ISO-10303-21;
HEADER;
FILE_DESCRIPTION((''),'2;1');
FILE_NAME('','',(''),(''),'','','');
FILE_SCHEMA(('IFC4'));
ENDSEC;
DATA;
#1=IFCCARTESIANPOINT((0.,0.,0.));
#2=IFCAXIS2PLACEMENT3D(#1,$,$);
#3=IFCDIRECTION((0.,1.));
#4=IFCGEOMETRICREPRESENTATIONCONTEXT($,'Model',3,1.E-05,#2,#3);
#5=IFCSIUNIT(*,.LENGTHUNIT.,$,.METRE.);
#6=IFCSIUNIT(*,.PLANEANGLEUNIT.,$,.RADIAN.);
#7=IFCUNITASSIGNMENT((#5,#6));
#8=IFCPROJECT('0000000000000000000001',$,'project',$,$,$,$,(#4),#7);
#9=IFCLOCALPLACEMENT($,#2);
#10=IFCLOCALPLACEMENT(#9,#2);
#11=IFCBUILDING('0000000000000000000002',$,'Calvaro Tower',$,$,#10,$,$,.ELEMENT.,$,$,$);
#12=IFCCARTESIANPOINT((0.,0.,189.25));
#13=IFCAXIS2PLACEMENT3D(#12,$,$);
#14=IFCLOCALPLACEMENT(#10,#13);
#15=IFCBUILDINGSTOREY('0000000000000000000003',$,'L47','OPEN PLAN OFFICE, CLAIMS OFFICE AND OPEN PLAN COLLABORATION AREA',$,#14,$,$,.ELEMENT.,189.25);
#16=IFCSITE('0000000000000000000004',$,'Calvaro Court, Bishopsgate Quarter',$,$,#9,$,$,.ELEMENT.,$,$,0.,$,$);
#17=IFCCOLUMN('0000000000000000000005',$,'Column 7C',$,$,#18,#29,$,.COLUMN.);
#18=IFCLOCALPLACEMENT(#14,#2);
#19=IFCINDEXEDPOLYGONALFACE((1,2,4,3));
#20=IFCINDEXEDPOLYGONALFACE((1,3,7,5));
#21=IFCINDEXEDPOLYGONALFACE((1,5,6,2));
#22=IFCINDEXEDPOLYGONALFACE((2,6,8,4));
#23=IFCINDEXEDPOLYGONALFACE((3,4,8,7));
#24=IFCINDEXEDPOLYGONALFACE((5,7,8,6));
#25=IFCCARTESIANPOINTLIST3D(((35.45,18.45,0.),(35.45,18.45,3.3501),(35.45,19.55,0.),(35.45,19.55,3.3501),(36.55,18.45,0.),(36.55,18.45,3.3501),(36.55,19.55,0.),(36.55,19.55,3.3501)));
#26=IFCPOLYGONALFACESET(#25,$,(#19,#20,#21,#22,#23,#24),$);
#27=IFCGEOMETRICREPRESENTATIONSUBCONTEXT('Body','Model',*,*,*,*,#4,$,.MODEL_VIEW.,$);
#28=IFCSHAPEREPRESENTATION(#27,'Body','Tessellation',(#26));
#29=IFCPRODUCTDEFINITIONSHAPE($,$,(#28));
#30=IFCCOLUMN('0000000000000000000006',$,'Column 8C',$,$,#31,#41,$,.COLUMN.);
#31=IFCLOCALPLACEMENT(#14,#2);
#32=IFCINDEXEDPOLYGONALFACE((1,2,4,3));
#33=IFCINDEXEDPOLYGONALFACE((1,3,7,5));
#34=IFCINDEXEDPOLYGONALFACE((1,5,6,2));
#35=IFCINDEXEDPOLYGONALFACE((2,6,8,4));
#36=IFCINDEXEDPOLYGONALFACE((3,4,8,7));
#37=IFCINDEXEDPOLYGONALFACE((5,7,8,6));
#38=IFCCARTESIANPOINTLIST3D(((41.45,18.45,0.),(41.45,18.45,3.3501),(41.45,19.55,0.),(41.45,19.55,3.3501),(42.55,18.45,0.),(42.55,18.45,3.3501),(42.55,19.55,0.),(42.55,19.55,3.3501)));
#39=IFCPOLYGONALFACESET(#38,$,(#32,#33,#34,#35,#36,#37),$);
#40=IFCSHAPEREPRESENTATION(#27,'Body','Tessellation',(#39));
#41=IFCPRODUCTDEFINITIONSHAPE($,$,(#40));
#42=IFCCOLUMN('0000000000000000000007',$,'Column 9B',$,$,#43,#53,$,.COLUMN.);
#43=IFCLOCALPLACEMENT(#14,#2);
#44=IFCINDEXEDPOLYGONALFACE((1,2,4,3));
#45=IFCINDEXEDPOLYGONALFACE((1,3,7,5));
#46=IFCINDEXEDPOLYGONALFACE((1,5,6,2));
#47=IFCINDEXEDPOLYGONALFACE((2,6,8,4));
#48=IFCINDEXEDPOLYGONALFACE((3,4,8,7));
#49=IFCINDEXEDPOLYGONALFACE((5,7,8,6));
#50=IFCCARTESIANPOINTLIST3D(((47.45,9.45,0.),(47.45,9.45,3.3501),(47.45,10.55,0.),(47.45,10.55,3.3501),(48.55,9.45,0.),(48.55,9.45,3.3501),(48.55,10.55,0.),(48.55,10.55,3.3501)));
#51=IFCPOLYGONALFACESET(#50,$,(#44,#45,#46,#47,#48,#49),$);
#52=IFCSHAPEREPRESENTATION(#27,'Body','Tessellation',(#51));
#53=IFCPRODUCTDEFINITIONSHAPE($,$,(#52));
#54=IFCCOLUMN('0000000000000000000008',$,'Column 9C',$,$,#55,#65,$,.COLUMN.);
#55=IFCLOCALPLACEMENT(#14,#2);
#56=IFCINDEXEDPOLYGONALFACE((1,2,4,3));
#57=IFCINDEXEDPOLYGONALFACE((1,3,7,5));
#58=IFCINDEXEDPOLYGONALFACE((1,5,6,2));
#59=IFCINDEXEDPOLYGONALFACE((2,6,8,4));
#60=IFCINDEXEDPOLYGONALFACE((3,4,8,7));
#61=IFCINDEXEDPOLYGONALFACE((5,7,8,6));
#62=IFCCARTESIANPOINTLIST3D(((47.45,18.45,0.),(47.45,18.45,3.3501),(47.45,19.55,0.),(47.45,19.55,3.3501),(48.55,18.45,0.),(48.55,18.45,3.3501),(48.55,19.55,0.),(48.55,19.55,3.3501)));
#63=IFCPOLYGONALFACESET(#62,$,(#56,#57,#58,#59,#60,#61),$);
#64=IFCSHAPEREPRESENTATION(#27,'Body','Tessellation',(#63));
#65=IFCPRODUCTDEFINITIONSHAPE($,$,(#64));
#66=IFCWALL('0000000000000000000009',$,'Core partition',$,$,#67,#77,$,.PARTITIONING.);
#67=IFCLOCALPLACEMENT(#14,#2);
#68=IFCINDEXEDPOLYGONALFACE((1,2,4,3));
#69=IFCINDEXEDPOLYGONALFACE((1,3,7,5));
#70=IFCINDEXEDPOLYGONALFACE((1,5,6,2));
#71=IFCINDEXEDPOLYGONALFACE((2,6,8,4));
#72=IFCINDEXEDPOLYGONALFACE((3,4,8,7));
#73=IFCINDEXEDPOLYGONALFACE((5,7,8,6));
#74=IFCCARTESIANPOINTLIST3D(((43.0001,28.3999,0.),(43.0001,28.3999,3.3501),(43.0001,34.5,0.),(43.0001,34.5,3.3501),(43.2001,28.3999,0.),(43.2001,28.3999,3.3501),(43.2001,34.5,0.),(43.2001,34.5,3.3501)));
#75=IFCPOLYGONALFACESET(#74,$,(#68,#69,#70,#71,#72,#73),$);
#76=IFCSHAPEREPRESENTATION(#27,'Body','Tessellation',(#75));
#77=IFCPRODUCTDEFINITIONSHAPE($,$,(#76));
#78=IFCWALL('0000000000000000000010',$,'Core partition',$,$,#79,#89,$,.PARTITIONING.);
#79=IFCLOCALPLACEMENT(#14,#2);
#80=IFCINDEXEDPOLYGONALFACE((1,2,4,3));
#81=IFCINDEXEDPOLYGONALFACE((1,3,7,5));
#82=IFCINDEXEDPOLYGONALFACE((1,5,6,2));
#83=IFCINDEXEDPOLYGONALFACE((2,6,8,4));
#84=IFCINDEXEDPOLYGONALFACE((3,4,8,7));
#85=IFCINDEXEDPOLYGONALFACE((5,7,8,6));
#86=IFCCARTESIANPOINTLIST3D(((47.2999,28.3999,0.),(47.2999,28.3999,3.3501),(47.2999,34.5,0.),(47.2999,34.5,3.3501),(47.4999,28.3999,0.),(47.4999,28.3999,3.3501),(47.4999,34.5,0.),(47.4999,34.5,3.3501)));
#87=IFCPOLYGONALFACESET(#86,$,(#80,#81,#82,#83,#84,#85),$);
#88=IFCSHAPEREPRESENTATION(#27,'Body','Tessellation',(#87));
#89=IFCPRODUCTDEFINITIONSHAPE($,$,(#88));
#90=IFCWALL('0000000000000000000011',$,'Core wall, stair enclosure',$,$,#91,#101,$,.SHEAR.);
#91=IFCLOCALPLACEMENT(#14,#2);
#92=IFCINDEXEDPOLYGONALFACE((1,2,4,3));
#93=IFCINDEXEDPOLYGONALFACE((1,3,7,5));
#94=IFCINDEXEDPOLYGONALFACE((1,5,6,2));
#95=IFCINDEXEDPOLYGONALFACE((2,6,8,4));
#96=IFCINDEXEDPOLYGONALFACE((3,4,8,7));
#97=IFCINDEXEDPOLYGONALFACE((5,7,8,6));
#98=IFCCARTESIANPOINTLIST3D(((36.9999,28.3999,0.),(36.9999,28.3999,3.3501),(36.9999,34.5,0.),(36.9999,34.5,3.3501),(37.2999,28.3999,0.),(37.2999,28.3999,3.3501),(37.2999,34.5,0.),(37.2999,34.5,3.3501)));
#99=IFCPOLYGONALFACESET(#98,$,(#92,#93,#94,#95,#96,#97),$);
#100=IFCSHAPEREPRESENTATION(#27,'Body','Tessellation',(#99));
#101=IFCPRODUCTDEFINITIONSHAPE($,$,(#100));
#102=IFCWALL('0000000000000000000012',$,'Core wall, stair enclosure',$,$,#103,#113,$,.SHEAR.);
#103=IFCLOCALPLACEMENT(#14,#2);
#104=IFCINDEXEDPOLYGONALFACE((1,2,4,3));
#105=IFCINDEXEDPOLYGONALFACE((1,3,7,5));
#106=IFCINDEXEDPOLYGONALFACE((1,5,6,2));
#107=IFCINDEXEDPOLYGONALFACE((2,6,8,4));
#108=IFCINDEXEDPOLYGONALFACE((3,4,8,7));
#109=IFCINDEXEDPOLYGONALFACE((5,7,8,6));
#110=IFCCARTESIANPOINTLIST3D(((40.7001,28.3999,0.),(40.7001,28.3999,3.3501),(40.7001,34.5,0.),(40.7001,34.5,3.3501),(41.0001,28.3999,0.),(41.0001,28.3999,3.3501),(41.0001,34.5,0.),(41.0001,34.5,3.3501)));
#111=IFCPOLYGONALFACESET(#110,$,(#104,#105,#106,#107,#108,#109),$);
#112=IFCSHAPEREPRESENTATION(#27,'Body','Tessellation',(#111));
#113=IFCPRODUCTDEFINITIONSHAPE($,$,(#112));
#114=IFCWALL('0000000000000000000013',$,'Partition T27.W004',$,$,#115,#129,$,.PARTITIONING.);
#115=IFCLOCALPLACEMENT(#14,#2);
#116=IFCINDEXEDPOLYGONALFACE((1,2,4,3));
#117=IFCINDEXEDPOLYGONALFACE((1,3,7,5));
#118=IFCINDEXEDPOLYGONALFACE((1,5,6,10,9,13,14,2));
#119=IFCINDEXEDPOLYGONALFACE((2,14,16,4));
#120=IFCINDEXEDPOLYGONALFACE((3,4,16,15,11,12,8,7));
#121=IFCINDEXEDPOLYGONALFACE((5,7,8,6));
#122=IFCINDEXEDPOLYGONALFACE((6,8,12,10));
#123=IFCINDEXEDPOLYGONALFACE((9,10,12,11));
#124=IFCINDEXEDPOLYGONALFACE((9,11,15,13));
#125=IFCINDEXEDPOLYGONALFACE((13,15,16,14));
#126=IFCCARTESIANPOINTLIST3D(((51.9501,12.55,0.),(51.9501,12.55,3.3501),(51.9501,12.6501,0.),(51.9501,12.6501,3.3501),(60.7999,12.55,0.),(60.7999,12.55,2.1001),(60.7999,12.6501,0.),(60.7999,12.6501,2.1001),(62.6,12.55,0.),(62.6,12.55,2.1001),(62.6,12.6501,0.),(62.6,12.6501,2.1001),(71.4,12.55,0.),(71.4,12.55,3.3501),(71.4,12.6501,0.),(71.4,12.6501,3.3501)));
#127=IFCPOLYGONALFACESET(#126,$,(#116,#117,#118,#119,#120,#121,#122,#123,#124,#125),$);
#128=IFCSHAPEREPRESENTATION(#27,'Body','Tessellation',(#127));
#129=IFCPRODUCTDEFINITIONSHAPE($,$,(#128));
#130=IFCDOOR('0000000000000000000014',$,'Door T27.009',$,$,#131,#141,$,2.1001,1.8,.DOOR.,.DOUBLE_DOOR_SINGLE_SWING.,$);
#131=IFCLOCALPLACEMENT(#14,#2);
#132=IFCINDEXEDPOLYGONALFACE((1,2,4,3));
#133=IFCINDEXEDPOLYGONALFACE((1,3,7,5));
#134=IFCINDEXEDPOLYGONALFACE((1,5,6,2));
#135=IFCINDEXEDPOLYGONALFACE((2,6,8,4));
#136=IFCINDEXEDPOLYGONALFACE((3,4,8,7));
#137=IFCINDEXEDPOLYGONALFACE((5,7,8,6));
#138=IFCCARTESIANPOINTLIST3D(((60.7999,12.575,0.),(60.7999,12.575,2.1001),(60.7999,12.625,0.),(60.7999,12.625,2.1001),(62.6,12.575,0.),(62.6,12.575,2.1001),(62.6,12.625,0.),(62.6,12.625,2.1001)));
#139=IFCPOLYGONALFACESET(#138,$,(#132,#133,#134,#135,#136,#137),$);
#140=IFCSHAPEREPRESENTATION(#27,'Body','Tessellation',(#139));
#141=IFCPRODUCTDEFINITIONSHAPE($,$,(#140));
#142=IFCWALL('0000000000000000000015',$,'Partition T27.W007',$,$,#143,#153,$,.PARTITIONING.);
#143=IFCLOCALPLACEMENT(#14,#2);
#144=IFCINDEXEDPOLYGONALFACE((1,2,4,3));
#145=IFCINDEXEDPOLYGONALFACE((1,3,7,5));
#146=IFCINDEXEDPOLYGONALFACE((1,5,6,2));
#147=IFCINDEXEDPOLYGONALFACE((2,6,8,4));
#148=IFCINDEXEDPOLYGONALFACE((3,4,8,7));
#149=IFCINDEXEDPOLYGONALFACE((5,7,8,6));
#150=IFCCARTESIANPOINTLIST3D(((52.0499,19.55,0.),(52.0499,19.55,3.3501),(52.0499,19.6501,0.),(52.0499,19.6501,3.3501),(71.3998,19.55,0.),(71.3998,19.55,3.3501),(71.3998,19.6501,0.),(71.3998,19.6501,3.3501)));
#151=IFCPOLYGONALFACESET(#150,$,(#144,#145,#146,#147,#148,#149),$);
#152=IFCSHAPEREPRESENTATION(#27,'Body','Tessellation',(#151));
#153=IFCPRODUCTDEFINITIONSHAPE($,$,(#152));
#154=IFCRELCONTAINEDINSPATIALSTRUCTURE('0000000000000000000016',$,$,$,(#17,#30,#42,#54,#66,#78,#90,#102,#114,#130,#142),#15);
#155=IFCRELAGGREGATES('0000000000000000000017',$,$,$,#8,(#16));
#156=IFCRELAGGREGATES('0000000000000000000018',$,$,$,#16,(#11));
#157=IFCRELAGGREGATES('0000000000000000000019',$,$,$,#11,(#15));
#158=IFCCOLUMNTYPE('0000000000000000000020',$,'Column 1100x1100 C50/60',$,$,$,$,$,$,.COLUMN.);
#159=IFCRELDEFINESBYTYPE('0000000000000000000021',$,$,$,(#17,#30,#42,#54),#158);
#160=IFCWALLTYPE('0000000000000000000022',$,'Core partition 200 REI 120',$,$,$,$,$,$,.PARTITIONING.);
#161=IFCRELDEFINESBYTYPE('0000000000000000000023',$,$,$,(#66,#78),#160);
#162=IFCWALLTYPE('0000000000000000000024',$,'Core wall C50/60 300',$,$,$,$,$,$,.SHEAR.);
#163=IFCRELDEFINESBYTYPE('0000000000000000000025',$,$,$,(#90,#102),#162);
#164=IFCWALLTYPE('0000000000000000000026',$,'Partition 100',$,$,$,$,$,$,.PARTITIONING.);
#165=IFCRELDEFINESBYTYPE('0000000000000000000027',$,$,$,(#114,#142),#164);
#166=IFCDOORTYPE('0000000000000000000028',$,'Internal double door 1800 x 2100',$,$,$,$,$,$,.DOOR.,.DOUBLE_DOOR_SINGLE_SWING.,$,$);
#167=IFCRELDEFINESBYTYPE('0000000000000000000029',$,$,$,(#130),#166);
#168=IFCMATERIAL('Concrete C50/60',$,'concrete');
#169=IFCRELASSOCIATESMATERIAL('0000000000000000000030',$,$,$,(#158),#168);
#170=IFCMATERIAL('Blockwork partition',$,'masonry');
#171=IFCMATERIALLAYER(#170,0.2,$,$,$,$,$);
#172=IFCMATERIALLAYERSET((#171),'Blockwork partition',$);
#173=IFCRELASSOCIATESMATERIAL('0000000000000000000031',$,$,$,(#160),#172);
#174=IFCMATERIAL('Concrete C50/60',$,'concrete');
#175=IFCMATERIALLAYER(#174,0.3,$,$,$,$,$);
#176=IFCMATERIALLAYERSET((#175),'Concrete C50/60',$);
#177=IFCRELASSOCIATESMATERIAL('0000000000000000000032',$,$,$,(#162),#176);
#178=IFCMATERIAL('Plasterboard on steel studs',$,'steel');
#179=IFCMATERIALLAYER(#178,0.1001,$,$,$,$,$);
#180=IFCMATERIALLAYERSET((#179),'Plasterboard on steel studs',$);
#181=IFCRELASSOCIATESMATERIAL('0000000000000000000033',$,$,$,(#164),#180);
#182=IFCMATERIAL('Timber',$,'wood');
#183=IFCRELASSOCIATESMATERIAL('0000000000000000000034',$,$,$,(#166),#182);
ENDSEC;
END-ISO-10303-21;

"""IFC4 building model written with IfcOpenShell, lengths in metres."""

from ifc_helpers import new_model, si_unit, direction, frame, frame_2d, origin, origin_2d, place, context, subcontext, project, spatial, rectangle, extrude, material, layer, layer_set, material_profile, profile_set, type_object, element, fill, save


model = new_model("IFC4")

# Units and contexts
model_context = context("Model", 3, precision=1e-05, world=origin(), true_north=direction((0.0, 1.0)))
body_context = subcontext(model_context, "Body", "Model", "MODEL_VIEW")
ifc_project = project(units=[si_unit("LENGTHUNIT", "METRE"), si_unit("PLANEANGLEUNIT", "RADIAN")], contexts=[model_context])

# Site, building, storey
site_placement = place(None, origin())
site = spatial("IfcSite", under=ifc_project, at=site_placement, Name="Calvaro Court, Bishopsgate Quarter", CompositionType="ELEMENT", RefElevation=0.0)
building_placement = place(site_placement, origin())
building = spatial("IfcBuilding", under=site, at=building_placement, Name="Calvaro Tower", CompositionType="ELEMENT")
storey_placement = place(building_placement, frame((0.0, 0.0, 189.25)))
storey = spatial("IfcBuildingStorey", under=building, at=storey_placement, Name="L47", Description="OPEN PLAN OFFICE, CLAIMS OFFICE AND OPEN PLAN COLLABORATION AREA", CompositionType="ELEMENT", Elevation=189.25)

# Columns
ifc_material_1 = material(Name="Concrete C50/60", Category="concrete")
ifc_material_profile = material_profile(ifc_material_1, rectangle(XDim=1.1001, YDim=1.1001, at=origin_2d()), Name="RC 1100x1100")
ifc_profile_set = profile_set([ifc_material_profile], Name="Concrete C50/60")
column_type = type_object("IfcColumnType", Name="Column 1100x1100 C50/60", PredefinedType="COLUMN", material=ifc_profile_set)
for number, where, z_axis, x_axis, name in (
    (1, (36.0, 19.0, 0.0), (0.0, 0.0, 1.0), (1.0, 0.0, 0.0), "Column 7C"),
    (2, (42.0, 19.0, 0.0), (0.0, 0.0, 1.0), (1.0, 0.0, 0.0), "Column 8C"),
    (3, (48.0, 10.0, 0.0), (0.0, 0.0, 1.0), (1.0, 0.0, 0.0), "Column 9B"),
    (4, (48.0, 19.0, 0.0), (0.0, 0.0, 1.0), (1.0, 0.0, 0.0), "Column 9C"),
):
    element("IfcColumn", number, at=place(storey_placement, frame(where, z_axis=z_axis, x_axis=x_axis)), inside=storey, type_object=column_type, Name=name, PredefinedType="COLUMN", context=body_context, shape_type="SweptSolid", body=[
        extrude(rectangle(XDim=1.1001, YDim=1.1001, at=origin_2d()), origin(), (0.0, 0.0, 1.0), 3.3501),
    ])

# Walls
ifc_material_2 = material(Name="Blockwork partition", Category="masonry")
ifc_layer_1 = layer(ifc_material_2, 0.2)
ifc_layer_set_1 = layer_set([ifc_layer_1], Name="Blockwork partition")
wall_type_1 = type_object("IfcWallType", Name="Core partition 200 REI 120", PredefinedType="PARTITIONING", material=ifc_layer_set_1)
for number, where, z_axis, x_axis, name in (
    (5, (43.1001, 28.3999, 0.0), (0.0, 0.0, 1.0), (0.0, 1.0, 0.0), "Core partition"),
    (6, (47.3999, 28.3999, 0.0), (0.0, 0.0, 1.0), (0.0, 1.0, 0.0), "Core partition"),
):
    element("IfcWall", number, at=place(storey_placement, frame(where, z_axis=z_axis, x_axis=x_axis)), inside=storey, type_object=wall_type_1, Name=name, PredefinedType="PARTITIONING", context=body_context, shape_type="SweptSolid", body=[
        extrude(rectangle(XDim=6.1001, YDim=0.2, at=frame_2d((3.05, 0.0))), origin(), (0.0, 0.0, 1.0), 3.3501),
    ])
ifc_material_3 = material(Name="Concrete C50/60", Category="concrete")
ifc_layer_2 = layer(ifc_material_3, 0.3)
ifc_layer_set_2 = layer_set([ifc_layer_2], Name="Concrete C50/60")
wall_type_2 = type_object("IfcWallType", Name="Core wall C50/60 300", PredefinedType="SHEAR", material=ifc_layer_set_2)
for number, where, z_axis, x_axis, name in (
    (7, (37.1499, 28.3999, 0.0), (0.0, 0.0, 1.0), (0.0, 1.0, 0.0), "Core wall, stair enclosure"),
    (8, (40.8501, 28.3999, 0.0), (0.0, 0.0, 1.0), (0.0, 1.0, 0.0), "Core wall, stair enclosure"),
):
    element("IfcWall", number, at=place(storey_placement, frame(where, z_axis=z_axis, x_axis=x_axis)), inside=storey, type_object=wall_type_2, Name=name, PredefinedType="SHEAR", context=body_context, shape_type="SweptSolid", body=[
        extrude(rectangle(XDim=6.1001, YDim=0.3, at=frame_2d((3.05, 0.0))), origin(), (0.0, 0.0, 1.0), 3.3501),
    ])

# Wall, opening, door
ifc_material_4 = material(Name="Plasterboard on steel studs", Category="steel")
ifc_layer_3 = layer(ifc_material_4, 0.1001)
ifc_layer_set_3 = layer_set([ifc_layer_3], Name="Plasterboard on steel studs")
wall_type_3 = type_object("IfcWallType", Name="Partition 100", PredefinedType="PARTITIONING", material=ifc_layer_set_3)
wall_1_placement = place(storey_placement, frame((51.95, 12.6001, 0.0), z_axis=(0.0, 0.0, 1.0), x_axis=(1.0, 0.0, 0.0)))
wall_1 = element("IfcWall", 9, at=wall_1_placement, inside=storey, type_object=wall_type_3, Name="Partition T27.W004", PredefinedType="PARTITIONING", context=body_context, shape_type="SweptSolid", body=[
    extrude(rectangle(XDim=19.45, YDim=0.1001, at=frame_2d((9.7251, 0.0))), origin(), (0.0, 0.0, 1.0), 3.3501),
])
opening_1_placement = place(wall_1_placement, frame((8.8501, 0.0, 0.0)))
opening_1 = element("IfcOpeningElement", 10, at=opening_1_placement, cuts=wall_1, PredefinedType="OPENING", context=body_context, shape_type="SweptSolid", body=[
    extrude(rectangle(XDim=1.8, YDim=2.1001, at=frame_2d((0.8999, 1.05))), frame((0.0, 0.0601, 0.0), z_axis=(0.0, -1.0, 0.0), x_axis=(1.0, 0.0, 0.0)), (0.0, 0.0, 1.0), 0.1201),
])
ifc_material_5 = material(Name="Timber", Category="wood")
door_type_1 = type_object("IfcDoorType", Name="Internal double door 1800 x 2100", OperationType="DOUBLE_DOOR_SINGLE_SWING", PredefinedType="DOOR", material=ifc_material_5)
door_1_placement = place(opening_1_placement, origin())
door_1 = element("IfcDoor", 11, at=door_1_placement, inside=storey, type_object=door_type_1, Name="Door T27.009", OperationType="DOUBLE_DOOR_SINGLE_SWING", OverallHeight=2.1001, OverallWidth=1.8, PredefinedType="DOOR", context=body_context, shape_type="SweptSolid", body=[
    extrude(rectangle(XDim=1.8, YDim=2.1001, at=frame_2d((0.8999, 1.05))), frame((0.0, 0.0249, 0.0), z_axis=(0.0, -1.0, 0.0), x_axis=(1.0, 0.0, 0.0)), (0.0, 0.0, 1.0), 0.05),
])
fill(opening_1, door_1)

# Wall
wall_2_placement = place(storey_placement, frame((52.05, 19.6001, 0.0), z_axis=(0.0, 0.0, 1.0), x_axis=(1.0, 0.0, 0.0)))
element("IfcWall", 12, at=wall_2_placement, inside=storey, type_object=wall_type_3, Name="Partition T27.W007", PredefinedType="PARTITIONING", context=body_context, shape_type="SweptSolid", body=[
    extrude(rectangle(XDim=19.3499, YDim=0.1001, at=frame_2d((9.6748, 0.0))), origin(), (0.0, 0.0, 1.0), 3.3501),
])

save(model, "model.ifc")
